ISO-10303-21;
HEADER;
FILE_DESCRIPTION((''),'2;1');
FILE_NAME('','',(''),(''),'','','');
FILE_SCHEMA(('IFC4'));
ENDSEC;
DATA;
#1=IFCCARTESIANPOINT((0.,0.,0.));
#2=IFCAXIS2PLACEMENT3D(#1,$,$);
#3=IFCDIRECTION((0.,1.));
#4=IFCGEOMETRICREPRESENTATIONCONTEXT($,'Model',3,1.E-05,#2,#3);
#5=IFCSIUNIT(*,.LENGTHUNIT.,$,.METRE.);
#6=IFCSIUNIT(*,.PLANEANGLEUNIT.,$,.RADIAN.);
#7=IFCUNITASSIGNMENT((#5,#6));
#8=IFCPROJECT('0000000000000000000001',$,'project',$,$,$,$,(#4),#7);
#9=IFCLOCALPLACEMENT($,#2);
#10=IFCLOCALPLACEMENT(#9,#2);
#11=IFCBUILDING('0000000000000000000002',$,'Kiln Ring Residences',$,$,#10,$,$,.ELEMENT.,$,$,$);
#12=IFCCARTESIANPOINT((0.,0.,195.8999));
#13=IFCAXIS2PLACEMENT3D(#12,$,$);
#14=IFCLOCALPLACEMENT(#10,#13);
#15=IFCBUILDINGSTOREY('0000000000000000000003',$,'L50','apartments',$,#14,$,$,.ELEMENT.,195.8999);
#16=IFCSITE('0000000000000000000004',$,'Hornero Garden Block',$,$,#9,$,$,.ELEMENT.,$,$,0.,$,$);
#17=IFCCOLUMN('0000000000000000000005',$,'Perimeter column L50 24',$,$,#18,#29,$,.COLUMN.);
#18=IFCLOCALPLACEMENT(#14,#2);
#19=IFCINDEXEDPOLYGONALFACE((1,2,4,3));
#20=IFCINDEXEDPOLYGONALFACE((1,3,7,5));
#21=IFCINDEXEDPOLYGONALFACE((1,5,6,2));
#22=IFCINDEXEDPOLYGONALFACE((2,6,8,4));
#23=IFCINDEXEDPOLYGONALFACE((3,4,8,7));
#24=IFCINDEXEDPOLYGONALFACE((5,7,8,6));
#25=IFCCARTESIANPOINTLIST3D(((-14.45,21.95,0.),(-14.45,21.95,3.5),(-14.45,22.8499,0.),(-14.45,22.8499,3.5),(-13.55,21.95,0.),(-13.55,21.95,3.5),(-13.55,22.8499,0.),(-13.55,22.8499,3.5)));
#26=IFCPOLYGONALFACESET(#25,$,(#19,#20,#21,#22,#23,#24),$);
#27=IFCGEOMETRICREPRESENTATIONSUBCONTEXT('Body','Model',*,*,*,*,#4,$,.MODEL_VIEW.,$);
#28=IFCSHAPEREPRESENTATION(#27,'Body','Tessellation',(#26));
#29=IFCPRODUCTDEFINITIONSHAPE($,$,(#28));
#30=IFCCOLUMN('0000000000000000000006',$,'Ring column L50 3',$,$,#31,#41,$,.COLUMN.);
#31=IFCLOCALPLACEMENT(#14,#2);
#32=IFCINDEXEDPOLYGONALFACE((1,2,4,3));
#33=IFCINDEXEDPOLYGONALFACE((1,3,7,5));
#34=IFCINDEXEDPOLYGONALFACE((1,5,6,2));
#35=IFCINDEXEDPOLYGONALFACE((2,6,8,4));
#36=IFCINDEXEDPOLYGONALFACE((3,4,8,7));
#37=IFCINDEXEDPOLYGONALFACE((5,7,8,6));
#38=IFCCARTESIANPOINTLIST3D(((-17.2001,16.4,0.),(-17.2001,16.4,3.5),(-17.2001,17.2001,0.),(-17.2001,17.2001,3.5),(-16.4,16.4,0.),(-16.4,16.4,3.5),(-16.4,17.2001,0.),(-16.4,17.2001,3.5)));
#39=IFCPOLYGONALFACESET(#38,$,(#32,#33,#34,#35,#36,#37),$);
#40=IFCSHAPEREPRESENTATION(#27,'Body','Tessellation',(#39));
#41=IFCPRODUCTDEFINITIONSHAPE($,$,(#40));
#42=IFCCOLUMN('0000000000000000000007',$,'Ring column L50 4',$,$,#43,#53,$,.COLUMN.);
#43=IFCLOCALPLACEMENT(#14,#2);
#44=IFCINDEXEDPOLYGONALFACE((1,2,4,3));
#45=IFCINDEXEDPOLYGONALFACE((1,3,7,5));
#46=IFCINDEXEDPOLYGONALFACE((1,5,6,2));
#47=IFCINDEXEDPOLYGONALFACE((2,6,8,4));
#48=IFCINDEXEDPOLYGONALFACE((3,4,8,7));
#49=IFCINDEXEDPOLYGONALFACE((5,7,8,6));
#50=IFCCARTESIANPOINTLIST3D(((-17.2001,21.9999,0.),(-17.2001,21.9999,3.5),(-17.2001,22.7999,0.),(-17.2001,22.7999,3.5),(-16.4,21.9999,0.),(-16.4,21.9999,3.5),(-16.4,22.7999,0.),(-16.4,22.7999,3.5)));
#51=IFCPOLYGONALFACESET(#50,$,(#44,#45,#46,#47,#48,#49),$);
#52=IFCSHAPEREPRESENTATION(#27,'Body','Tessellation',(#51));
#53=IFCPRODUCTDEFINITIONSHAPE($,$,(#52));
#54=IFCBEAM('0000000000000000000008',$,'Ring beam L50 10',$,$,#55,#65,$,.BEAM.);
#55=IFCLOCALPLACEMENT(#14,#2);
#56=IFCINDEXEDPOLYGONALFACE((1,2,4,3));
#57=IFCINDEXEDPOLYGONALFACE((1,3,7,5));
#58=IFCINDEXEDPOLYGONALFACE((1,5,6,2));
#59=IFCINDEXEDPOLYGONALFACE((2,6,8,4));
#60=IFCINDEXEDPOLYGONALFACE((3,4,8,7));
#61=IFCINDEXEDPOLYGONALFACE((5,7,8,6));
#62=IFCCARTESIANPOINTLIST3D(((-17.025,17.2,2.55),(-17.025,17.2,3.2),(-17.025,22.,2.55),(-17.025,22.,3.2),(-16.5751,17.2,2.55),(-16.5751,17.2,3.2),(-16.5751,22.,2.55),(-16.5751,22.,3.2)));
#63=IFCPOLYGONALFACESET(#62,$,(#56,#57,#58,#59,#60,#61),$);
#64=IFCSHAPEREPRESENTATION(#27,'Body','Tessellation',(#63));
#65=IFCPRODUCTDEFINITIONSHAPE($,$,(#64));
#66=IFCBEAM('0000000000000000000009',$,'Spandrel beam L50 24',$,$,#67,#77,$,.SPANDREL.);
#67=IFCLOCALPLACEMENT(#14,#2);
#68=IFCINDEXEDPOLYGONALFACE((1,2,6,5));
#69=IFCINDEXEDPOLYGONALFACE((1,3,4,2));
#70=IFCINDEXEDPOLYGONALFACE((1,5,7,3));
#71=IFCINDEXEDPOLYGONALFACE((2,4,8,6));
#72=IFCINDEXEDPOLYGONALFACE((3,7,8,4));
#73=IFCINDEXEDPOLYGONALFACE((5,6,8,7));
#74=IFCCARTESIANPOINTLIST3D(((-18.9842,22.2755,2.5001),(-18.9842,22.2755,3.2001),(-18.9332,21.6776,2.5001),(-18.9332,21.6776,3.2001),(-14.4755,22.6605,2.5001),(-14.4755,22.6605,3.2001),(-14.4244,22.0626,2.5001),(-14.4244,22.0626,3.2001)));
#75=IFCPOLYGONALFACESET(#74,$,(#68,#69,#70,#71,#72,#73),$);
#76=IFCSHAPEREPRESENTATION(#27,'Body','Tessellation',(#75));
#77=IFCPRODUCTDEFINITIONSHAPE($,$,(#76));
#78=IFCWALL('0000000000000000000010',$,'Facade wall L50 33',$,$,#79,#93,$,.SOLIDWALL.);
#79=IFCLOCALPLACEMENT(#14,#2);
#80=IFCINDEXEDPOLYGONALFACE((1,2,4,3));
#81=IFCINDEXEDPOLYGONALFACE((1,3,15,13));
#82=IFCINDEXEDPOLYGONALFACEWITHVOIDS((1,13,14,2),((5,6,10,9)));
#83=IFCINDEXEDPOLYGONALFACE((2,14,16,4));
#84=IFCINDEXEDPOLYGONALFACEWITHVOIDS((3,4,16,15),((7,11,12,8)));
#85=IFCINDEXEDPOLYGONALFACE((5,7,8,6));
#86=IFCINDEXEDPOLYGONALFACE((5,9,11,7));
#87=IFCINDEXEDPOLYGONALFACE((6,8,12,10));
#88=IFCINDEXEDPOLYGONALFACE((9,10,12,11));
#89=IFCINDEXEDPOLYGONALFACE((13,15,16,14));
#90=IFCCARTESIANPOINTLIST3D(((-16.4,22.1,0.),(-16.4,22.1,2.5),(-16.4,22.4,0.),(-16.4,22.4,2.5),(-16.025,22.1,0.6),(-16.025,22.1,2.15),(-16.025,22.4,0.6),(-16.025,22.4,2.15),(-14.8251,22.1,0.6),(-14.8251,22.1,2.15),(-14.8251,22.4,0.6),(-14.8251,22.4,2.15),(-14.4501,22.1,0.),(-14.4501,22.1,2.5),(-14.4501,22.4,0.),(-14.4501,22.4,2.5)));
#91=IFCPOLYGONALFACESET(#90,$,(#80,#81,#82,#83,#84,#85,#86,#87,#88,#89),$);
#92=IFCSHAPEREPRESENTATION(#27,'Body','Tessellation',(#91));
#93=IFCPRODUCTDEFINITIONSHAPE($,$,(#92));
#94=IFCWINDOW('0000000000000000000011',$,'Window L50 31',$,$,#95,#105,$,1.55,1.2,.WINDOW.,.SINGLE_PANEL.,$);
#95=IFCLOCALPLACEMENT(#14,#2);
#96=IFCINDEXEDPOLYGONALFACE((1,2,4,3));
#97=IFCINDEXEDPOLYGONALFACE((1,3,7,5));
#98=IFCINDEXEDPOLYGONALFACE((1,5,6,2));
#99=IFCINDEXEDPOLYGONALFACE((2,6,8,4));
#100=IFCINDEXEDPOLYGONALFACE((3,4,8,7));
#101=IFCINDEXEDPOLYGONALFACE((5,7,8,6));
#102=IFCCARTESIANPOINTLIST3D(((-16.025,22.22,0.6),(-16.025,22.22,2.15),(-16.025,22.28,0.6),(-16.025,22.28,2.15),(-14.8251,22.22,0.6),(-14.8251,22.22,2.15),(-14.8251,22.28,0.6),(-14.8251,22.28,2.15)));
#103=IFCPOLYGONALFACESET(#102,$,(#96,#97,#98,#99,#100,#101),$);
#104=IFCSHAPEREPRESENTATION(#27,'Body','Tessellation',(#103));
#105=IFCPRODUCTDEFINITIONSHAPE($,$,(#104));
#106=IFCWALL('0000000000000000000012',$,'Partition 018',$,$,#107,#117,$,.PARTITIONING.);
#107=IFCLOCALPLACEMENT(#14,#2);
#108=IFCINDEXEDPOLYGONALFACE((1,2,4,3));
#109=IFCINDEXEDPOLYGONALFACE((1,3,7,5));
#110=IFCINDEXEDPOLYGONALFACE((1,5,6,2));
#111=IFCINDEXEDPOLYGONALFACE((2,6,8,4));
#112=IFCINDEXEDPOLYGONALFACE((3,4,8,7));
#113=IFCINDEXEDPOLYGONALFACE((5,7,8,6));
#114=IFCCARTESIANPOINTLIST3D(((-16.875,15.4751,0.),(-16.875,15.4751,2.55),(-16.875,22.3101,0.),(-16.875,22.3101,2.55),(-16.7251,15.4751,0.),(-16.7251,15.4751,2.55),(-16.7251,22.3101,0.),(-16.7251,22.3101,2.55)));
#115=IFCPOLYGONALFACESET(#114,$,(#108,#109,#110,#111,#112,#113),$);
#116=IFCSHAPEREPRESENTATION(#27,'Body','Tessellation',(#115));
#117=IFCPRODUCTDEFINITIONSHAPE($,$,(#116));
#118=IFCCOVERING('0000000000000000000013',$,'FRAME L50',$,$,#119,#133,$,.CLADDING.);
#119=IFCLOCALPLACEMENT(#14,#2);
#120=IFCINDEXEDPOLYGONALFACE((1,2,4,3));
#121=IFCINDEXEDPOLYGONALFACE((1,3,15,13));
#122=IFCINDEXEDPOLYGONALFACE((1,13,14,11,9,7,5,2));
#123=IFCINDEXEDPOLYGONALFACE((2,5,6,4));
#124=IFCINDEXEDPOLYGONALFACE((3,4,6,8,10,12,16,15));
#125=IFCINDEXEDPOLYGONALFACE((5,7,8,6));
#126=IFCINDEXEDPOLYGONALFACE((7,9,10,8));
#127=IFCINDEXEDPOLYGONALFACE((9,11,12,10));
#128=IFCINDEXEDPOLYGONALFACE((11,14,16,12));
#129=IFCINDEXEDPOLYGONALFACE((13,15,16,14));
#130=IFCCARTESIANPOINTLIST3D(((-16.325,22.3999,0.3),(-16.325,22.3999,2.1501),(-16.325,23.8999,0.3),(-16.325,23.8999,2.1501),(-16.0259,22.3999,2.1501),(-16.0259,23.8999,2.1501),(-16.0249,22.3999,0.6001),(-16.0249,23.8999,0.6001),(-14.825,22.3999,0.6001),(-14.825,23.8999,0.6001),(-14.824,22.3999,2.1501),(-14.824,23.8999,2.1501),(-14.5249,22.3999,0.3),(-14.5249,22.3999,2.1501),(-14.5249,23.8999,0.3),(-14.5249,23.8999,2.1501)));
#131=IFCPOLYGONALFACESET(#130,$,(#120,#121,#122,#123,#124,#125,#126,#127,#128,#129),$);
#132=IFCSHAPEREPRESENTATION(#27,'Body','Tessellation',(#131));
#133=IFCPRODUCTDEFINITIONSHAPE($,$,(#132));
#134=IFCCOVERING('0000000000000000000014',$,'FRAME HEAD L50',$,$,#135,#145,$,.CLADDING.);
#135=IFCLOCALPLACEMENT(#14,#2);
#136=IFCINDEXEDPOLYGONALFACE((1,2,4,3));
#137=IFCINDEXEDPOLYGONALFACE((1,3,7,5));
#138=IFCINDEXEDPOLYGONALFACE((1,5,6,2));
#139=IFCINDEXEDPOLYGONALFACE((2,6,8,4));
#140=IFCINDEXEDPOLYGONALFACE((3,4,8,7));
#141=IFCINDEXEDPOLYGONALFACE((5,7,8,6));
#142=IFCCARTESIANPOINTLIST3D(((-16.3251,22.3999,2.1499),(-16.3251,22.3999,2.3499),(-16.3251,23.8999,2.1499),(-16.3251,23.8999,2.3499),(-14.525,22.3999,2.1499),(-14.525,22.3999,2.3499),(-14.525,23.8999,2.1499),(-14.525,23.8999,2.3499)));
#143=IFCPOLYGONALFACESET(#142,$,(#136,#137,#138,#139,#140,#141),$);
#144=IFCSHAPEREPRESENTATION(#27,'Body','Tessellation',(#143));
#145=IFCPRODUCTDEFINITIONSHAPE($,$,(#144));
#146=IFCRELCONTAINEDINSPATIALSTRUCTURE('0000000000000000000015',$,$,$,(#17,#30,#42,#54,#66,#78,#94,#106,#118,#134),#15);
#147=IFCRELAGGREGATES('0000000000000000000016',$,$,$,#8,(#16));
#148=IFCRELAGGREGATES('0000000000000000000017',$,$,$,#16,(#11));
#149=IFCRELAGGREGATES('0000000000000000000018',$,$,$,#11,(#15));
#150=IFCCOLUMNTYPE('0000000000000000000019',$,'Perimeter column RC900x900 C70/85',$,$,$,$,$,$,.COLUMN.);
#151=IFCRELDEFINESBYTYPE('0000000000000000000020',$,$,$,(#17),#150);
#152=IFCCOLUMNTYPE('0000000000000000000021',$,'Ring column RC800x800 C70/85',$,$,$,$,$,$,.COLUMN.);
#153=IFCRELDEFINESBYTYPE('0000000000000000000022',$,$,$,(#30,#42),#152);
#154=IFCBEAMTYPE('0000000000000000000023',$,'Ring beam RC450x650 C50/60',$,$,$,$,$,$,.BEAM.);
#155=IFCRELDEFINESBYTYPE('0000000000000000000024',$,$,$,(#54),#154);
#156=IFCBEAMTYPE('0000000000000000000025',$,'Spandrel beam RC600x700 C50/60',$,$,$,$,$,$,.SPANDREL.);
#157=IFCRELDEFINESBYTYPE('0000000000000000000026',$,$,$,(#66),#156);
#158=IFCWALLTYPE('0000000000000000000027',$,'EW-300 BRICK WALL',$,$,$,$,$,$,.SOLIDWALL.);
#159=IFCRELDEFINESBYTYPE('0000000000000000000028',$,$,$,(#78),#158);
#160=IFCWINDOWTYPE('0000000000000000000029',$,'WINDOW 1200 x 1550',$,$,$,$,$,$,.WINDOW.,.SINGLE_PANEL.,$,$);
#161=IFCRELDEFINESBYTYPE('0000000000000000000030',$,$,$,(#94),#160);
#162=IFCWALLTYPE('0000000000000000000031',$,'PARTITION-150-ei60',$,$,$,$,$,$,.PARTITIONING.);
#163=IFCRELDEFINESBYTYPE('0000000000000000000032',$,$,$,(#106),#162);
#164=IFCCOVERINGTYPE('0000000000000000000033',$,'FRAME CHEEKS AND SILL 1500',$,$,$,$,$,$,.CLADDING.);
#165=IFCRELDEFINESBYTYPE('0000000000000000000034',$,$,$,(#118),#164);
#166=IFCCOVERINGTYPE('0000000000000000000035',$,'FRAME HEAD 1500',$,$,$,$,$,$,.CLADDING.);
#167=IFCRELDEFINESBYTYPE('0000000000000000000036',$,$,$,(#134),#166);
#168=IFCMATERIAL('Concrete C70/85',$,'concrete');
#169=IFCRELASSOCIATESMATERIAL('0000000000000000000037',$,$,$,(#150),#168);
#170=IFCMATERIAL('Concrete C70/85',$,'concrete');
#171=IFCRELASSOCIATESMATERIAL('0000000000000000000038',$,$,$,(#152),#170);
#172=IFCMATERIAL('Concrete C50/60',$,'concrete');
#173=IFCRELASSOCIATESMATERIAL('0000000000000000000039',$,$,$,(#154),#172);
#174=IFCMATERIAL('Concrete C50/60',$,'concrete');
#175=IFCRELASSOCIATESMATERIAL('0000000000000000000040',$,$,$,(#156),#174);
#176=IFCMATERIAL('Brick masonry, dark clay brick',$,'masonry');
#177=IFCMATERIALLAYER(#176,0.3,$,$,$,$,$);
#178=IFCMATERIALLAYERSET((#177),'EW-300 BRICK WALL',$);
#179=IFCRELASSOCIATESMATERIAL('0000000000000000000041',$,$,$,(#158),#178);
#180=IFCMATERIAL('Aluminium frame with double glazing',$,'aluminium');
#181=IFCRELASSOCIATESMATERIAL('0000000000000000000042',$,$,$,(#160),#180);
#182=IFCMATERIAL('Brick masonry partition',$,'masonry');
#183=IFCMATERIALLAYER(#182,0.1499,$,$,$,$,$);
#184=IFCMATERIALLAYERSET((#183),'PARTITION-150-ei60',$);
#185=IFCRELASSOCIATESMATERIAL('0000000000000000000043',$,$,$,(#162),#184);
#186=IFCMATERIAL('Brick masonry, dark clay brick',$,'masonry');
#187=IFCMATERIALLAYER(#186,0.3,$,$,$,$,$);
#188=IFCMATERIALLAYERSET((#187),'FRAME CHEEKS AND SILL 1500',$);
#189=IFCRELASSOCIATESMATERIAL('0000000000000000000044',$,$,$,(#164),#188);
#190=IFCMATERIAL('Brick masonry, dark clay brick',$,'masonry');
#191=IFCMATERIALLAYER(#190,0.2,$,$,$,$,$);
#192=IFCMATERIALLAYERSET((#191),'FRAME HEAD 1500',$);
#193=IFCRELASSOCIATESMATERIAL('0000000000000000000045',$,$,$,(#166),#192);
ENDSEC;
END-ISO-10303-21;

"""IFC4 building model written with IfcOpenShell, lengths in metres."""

from ifc_helpers import new_model, si_unit, direction, frame, frame_2d, origin, origin_2d, place, context, subcontext, project, spatial, polyline, rectangle, outline, extrude, material, layer, layer_set, material_profile, profile_set, type_object, element, fill, save


model = new_model("IFC4")

# Units and contexts
model_context = context("Model", 3, precision=1e-05, world=origin(), true_north=direction((0.0, 1.0)))
body_context = subcontext(model_context, "Body", "Model", "MODEL_VIEW")
ifc_project = project(units=[si_unit("LENGTHUNIT", "METRE"), si_unit("PLANEANGLEUNIT", "RADIAN")], contexts=[model_context])

# Site, building, storey
site_placement = place(None, origin())
site = spatial("IfcSite", under=ifc_project, at=site_placement, Name="Hornero Garden Block", CompositionType="ELEMENT", RefElevation=0.0)
building_placement = place(site_placement, origin())
building = spatial("IfcBuilding", under=site, at=building_placement, Name="Kiln Ring Residences", CompositionType="ELEMENT")
storey_placement = place(building_placement, frame((0.0, 0.0, 195.8999)))
storey = spatial("IfcBuildingStorey", under=building, at=storey_placement, Name="L50", Description="apartments", CompositionType="ELEMENT", Elevation=195.8999)

# Columns
ifc_material_1 = material(Name="Concrete C70/85", Category="concrete")
ifc_material_profile_1 = material_profile(ifc_material_1, rectangle(XDim=0.8999, YDim=0.8999, at=origin_2d()), Name="RC900x900")
ifc_profile_set_1 = profile_set([ifc_material_profile_1], Name="Concrete C70/85")
column_type_1 = type_object("IfcColumnType", Name="Perimeter column RC900x900 C70/85", PredefinedType="COLUMN", material=ifc_profile_set_1)
column_placement = place(storey_placement, frame((-14.0, 22.3999, 0.0), z_axis=(0.0, 0.0, 1.0), x_axis=(1.0, 0.0, 0.0)))
element("IfcColumn", 1, at=column_placement, inside=storey, type_object=column_type_1, Name="Perimeter column L50 24", PredefinedType="COLUMN", context=body_context, shape_type="SweptSolid", body=[
    extrude(rectangle(XDim=0.8999, YDim=0.8999, at=origin_2d()), origin(), (0.0, 0.0, 1.0), 3.5),
])
ifc_material_2 = material(Name="Concrete C70/85", Category="concrete")
ifc_material_profile_2 = material_profile(ifc_material_2, rectangle(XDim=0.8, YDim=0.8, at=origin_2d()), Name="RC800x800")
ifc_profile_set_2 = profile_set([ifc_material_profile_2], Name="Concrete C70/85")
column_type_2 = type_object("IfcColumnType", Name="Ring column RC800x800 C70/85", PredefinedType="COLUMN", material=ifc_profile_set_2)
for number, where, z_axis, x_axis, name in (
    (2, (-16.8, 16.8, 0.0), (0.0, 0.0, 1.0), (1.0, 0.0, 0.0), "Ring column L50 3"),
    (3, (-16.8, 22.3999, 0.0), (0.0, 0.0, 1.0), (1.0, 0.0, 0.0), "Ring column L50 4"),
):
    element("IfcColumn", number, at=place(storey_placement, frame(where, z_axis=z_axis, x_axis=x_axis)), inside=storey, type_object=column_type_2, Name=name, PredefinedType="COLUMN", context=body_context, shape_type="SweptSolid", body=[
        extrude(rectangle(XDim=0.8, YDim=0.8, at=origin_2d()), origin(), (0.0, 0.0, 1.0), 3.5),
    ])

# Beams
ifc_material_3 = material(Name="Concrete C50/60", Category="concrete")
ifc_material_profile_3 = material_profile(ifc_material_3, rectangle(XDim=0.45, YDim=0.6499, at=origin_2d()), Name="RC450x650")
ifc_profile_set_3 = profile_set([ifc_material_profile_3], Name="Concrete C50/60")
beam_type_1 = type_object("IfcBeamType", Name="Ring beam RC450x650 C50/60", PredefinedType="BEAM", material=ifc_profile_set_3)
beam_1_placement = place(storey_placement, frame((-16.8, 17.2, 2.875), z_axis=(0.0, 1.0, 0.0), x_axis=(-1.0, 0.0, 0.0)))
element("IfcBeam", 4, at=beam_1_placement, inside=storey, type_object=beam_type_1, Name="Ring beam L50 10", PredefinedType="BEAM", context=body_context, shape_type="SweptSolid", body=[
    extrude(rectangle(XDim=0.45, YDim=0.6499, at=origin_2d()), origin(), (0.0, 0.0, 1.0), 4.8),
])
ifc_material_4 = material(Name="Concrete C50/60", Category="concrete")
ifc_material_profile_4 = material_profile(ifc_material_4, rectangle(XDim=0.6001, YDim=0.7, at=origin_2d()), Name="RC600x700")
ifc_profile_set_4 = profile_set([ifc_material_profile_4], Name="Concrete C50/60")
beam_type_2 = type_object("IfcBeamType", Name="Spandrel beam RC600x700 C50/60", PredefinedType="SPANDREL", material=ifc_profile_set_4)
beam_2_placement = place(storey_placement, frame((-14.45, 22.3616, 2.8501), z_axis=(-0.996374, -0.085081, 0.0), x_axis=(0.085081, -0.996374, 0.0)))
element("IfcBeam", 5, at=beam_2_placement, inside=storey, type_object=beam_type_2, Name="Spandrel beam L50 24", PredefinedType="SPANDREL", context=body_context, shape_type="SweptSolid", body=[
    extrude(rectangle(XDim=0.6001, YDim=0.7, at=origin_2d()), origin(), (0.0, 0.0, 1.0), 4.5251),
])

# Wall, opening, window
ifc_material_5 = material(Name="Brick masonry, dark clay brick", Category="masonry")
ifc_layer_1 = layer(ifc_material_5, 0.3)
ifc_layer_set_1 = layer_set([ifc_layer_1], Name="EW-300 BRICK WALL")
wall_type_1 = type_object("IfcWallType", Name="EW-300 BRICK WALL", PredefinedType="SOLIDWALL", material=ifc_layer_set_1)
wall_1_placement = place(storey_placement, frame((-14.45, 22.25, 0.0), z_axis=(0.0, 0.0, 1.0), x_axis=(-1.0, 0.0, 0.0)))
wall_1 = element("IfcWall", 6, at=wall_1_placement, inside=storey, type_object=wall_type_1, Name="Facade wall L50 33", PredefinedType="SOLIDWALL", context=body_context, shape_type="SweptSolid", body=[
    extrude(rectangle(XDim=1.95, YDim=0.3, at=frame_2d((0.9751, 0.0))), origin(), (0.0, 0.0, 1.0), 2.5),
])
opening_1_placement = place(wall_1_placement, frame((0.375, 0.0, 0.6001)))
opening_1 = element("IfcOpeningElement", 7, at=opening_1_placement, cuts=wall_1, PredefinedType="OPENING", context=body_context, shape_type="SweptSolid", body=[
    extrude(rectangle(XDim=1.2, YDim=1.55, at=frame_2d((0.6001, 0.7749))), frame((0.0, 0.1599, 0.0), z_axis=(0.0, -1.0, 0.0), x_axis=(1.0, 0.0, 0.0)), (0.0, 0.0, 1.0), 0.3201),
])
ifc_material_6 = material(Name="Aluminium frame with double glazing", Category="aluminium")
window_type = type_object("IfcWindowType", Name="WINDOW 1200 x 1550", PartitioningType="SINGLE_PANEL", PredefinedType="WINDOW", material=ifc_material_6)
window_placement = place(opening_1_placement, origin())
window = element("IfcWindow", 8, at=window_placement, inside=storey, type_object=window_type, Name="Window L50 31", OverallHeight=1.55, OverallWidth=1.2, PartitioningType="SINGLE_PANEL", PredefinedType="WINDOW", context=body_context, shape_type="SweptSolid", body=[
    extrude(rectangle(XDim=1.2, YDim=1.55, at=frame_2d((0.6001, 0.7749))), frame((0.0, 0.03, 0.0), z_axis=(0.0, -1.0, 0.0), x_axis=(1.0, 0.0, 0.0)), (0.0, 0.0, 1.0), 0.0601),
])
fill(opening_1, window)

# Wall
ifc_material_7 = material(Name="Brick masonry partition", Category="masonry")
ifc_layer_2 = layer(ifc_material_7, 0.1499)
ifc_layer_set_2 = layer_set([ifc_layer_2], Name="PARTITION-150-ei60")
wall_type_2 = type_object("IfcWallType", Name="PARTITION-150-ei60", PredefinedType="PARTITIONING", material=ifc_layer_set_2)
wall_2_placement = place(storey_placement, frame((-16.8, 15.4751, 0.0), z_axis=(0.0, 0.0, 1.0), x_axis=(0.0, 1.0, 0.0)))
element("IfcWall", 9, at=wall_2_placement, inside=storey, type_object=wall_type_2, Name="Partition 018", PredefinedType="PARTITIONING", context=body_context, shape_type="SweptSolid", body=[
    extrude(rectangle(XDim=6.835, YDim=0.1499, at=frame_2d((3.4175, 0.0))), origin(), (0.0, 0.0, 1.0), 2.55),
])

# Coverings
ifc_material_8 = material(Name="Brick masonry, dark clay brick", Category="masonry")
ifc_layer_3 = layer(ifc_material_8, 0.3)
ifc_layer_set_3 = layer_set([ifc_layer_3], Name="FRAME CHEEKS AND SILL 1500")
covering_type_1 = type_object("IfcCoveringType", Name="FRAME CHEEKS AND SILL 1500", PredefinedType="CLADDING", material=ifc_layer_set_3)
covering_1_placement = place(storey_placement, frame((-14.5249, 23.1499, 0.3), z_axis=(0.0, 0.0, 1.0), x_axis=(-1.0, 0.0, 0.0)))
element("IfcCovering", 10, at=covering_1_placement, inside=storey, type_object=covering_type_1, Name="FRAME L50", PredefinedType="CLADDING", context=body_context, shape_type="SweptSolid", body=[
    extrude(outline(polyline([(0.0, 0.0), (1.8, 0.0), (1.8, 1.8501), (1.501, 1.8501), (1.5, 0.3), (0.3, 0.3), (0.2991, 1.8501), (0.0, 1.8501), (0.0, 0.0)])), frame((0.0, 0.75, 0.0), z_axis=(0.0, -1.0, 0.0), x_axis=(1.0, 0.0, 0.0)), (0.0, 0.0, 1.0), 1.5),
])
ifc_material_9 = material(Name="Brick masonry, dark clay brick", Category="masonry")
ifc_layer_4 = layer(ifc_material_9, 0.2)
ifc_layer_set_4 = layer_set([ifc_layer_4], Name="FRAME HEAD 1500")
covering_type_2 = type_object("IfcCoveringType", Name="FRAME HEAD 1500", PredefinedType="CLADDING", material=ifc_layer_set_4)
covering_2_placement = place(storey_placement, frame((-15.425, 23.1499, 2.1499), z_axis=(0.0, 0.0, 1.0), x_axis=(-1.0, 0.0, 0.0)))
element("IfcCovering", 11, at=covering_2_placement, inside=storey, type_object=covering_type_2, Name="FRAME HEAD L50", PredefinedType="CLADDING", context=body_context, shape_type="SweptSolid", body=[
    extrude(rectangle(XDim=1.8, YDim=1.5, at=origin_2d()), origin(), (0.0, 0.0, 1.0), 0.2),
])

save(model, "model.ifc")
